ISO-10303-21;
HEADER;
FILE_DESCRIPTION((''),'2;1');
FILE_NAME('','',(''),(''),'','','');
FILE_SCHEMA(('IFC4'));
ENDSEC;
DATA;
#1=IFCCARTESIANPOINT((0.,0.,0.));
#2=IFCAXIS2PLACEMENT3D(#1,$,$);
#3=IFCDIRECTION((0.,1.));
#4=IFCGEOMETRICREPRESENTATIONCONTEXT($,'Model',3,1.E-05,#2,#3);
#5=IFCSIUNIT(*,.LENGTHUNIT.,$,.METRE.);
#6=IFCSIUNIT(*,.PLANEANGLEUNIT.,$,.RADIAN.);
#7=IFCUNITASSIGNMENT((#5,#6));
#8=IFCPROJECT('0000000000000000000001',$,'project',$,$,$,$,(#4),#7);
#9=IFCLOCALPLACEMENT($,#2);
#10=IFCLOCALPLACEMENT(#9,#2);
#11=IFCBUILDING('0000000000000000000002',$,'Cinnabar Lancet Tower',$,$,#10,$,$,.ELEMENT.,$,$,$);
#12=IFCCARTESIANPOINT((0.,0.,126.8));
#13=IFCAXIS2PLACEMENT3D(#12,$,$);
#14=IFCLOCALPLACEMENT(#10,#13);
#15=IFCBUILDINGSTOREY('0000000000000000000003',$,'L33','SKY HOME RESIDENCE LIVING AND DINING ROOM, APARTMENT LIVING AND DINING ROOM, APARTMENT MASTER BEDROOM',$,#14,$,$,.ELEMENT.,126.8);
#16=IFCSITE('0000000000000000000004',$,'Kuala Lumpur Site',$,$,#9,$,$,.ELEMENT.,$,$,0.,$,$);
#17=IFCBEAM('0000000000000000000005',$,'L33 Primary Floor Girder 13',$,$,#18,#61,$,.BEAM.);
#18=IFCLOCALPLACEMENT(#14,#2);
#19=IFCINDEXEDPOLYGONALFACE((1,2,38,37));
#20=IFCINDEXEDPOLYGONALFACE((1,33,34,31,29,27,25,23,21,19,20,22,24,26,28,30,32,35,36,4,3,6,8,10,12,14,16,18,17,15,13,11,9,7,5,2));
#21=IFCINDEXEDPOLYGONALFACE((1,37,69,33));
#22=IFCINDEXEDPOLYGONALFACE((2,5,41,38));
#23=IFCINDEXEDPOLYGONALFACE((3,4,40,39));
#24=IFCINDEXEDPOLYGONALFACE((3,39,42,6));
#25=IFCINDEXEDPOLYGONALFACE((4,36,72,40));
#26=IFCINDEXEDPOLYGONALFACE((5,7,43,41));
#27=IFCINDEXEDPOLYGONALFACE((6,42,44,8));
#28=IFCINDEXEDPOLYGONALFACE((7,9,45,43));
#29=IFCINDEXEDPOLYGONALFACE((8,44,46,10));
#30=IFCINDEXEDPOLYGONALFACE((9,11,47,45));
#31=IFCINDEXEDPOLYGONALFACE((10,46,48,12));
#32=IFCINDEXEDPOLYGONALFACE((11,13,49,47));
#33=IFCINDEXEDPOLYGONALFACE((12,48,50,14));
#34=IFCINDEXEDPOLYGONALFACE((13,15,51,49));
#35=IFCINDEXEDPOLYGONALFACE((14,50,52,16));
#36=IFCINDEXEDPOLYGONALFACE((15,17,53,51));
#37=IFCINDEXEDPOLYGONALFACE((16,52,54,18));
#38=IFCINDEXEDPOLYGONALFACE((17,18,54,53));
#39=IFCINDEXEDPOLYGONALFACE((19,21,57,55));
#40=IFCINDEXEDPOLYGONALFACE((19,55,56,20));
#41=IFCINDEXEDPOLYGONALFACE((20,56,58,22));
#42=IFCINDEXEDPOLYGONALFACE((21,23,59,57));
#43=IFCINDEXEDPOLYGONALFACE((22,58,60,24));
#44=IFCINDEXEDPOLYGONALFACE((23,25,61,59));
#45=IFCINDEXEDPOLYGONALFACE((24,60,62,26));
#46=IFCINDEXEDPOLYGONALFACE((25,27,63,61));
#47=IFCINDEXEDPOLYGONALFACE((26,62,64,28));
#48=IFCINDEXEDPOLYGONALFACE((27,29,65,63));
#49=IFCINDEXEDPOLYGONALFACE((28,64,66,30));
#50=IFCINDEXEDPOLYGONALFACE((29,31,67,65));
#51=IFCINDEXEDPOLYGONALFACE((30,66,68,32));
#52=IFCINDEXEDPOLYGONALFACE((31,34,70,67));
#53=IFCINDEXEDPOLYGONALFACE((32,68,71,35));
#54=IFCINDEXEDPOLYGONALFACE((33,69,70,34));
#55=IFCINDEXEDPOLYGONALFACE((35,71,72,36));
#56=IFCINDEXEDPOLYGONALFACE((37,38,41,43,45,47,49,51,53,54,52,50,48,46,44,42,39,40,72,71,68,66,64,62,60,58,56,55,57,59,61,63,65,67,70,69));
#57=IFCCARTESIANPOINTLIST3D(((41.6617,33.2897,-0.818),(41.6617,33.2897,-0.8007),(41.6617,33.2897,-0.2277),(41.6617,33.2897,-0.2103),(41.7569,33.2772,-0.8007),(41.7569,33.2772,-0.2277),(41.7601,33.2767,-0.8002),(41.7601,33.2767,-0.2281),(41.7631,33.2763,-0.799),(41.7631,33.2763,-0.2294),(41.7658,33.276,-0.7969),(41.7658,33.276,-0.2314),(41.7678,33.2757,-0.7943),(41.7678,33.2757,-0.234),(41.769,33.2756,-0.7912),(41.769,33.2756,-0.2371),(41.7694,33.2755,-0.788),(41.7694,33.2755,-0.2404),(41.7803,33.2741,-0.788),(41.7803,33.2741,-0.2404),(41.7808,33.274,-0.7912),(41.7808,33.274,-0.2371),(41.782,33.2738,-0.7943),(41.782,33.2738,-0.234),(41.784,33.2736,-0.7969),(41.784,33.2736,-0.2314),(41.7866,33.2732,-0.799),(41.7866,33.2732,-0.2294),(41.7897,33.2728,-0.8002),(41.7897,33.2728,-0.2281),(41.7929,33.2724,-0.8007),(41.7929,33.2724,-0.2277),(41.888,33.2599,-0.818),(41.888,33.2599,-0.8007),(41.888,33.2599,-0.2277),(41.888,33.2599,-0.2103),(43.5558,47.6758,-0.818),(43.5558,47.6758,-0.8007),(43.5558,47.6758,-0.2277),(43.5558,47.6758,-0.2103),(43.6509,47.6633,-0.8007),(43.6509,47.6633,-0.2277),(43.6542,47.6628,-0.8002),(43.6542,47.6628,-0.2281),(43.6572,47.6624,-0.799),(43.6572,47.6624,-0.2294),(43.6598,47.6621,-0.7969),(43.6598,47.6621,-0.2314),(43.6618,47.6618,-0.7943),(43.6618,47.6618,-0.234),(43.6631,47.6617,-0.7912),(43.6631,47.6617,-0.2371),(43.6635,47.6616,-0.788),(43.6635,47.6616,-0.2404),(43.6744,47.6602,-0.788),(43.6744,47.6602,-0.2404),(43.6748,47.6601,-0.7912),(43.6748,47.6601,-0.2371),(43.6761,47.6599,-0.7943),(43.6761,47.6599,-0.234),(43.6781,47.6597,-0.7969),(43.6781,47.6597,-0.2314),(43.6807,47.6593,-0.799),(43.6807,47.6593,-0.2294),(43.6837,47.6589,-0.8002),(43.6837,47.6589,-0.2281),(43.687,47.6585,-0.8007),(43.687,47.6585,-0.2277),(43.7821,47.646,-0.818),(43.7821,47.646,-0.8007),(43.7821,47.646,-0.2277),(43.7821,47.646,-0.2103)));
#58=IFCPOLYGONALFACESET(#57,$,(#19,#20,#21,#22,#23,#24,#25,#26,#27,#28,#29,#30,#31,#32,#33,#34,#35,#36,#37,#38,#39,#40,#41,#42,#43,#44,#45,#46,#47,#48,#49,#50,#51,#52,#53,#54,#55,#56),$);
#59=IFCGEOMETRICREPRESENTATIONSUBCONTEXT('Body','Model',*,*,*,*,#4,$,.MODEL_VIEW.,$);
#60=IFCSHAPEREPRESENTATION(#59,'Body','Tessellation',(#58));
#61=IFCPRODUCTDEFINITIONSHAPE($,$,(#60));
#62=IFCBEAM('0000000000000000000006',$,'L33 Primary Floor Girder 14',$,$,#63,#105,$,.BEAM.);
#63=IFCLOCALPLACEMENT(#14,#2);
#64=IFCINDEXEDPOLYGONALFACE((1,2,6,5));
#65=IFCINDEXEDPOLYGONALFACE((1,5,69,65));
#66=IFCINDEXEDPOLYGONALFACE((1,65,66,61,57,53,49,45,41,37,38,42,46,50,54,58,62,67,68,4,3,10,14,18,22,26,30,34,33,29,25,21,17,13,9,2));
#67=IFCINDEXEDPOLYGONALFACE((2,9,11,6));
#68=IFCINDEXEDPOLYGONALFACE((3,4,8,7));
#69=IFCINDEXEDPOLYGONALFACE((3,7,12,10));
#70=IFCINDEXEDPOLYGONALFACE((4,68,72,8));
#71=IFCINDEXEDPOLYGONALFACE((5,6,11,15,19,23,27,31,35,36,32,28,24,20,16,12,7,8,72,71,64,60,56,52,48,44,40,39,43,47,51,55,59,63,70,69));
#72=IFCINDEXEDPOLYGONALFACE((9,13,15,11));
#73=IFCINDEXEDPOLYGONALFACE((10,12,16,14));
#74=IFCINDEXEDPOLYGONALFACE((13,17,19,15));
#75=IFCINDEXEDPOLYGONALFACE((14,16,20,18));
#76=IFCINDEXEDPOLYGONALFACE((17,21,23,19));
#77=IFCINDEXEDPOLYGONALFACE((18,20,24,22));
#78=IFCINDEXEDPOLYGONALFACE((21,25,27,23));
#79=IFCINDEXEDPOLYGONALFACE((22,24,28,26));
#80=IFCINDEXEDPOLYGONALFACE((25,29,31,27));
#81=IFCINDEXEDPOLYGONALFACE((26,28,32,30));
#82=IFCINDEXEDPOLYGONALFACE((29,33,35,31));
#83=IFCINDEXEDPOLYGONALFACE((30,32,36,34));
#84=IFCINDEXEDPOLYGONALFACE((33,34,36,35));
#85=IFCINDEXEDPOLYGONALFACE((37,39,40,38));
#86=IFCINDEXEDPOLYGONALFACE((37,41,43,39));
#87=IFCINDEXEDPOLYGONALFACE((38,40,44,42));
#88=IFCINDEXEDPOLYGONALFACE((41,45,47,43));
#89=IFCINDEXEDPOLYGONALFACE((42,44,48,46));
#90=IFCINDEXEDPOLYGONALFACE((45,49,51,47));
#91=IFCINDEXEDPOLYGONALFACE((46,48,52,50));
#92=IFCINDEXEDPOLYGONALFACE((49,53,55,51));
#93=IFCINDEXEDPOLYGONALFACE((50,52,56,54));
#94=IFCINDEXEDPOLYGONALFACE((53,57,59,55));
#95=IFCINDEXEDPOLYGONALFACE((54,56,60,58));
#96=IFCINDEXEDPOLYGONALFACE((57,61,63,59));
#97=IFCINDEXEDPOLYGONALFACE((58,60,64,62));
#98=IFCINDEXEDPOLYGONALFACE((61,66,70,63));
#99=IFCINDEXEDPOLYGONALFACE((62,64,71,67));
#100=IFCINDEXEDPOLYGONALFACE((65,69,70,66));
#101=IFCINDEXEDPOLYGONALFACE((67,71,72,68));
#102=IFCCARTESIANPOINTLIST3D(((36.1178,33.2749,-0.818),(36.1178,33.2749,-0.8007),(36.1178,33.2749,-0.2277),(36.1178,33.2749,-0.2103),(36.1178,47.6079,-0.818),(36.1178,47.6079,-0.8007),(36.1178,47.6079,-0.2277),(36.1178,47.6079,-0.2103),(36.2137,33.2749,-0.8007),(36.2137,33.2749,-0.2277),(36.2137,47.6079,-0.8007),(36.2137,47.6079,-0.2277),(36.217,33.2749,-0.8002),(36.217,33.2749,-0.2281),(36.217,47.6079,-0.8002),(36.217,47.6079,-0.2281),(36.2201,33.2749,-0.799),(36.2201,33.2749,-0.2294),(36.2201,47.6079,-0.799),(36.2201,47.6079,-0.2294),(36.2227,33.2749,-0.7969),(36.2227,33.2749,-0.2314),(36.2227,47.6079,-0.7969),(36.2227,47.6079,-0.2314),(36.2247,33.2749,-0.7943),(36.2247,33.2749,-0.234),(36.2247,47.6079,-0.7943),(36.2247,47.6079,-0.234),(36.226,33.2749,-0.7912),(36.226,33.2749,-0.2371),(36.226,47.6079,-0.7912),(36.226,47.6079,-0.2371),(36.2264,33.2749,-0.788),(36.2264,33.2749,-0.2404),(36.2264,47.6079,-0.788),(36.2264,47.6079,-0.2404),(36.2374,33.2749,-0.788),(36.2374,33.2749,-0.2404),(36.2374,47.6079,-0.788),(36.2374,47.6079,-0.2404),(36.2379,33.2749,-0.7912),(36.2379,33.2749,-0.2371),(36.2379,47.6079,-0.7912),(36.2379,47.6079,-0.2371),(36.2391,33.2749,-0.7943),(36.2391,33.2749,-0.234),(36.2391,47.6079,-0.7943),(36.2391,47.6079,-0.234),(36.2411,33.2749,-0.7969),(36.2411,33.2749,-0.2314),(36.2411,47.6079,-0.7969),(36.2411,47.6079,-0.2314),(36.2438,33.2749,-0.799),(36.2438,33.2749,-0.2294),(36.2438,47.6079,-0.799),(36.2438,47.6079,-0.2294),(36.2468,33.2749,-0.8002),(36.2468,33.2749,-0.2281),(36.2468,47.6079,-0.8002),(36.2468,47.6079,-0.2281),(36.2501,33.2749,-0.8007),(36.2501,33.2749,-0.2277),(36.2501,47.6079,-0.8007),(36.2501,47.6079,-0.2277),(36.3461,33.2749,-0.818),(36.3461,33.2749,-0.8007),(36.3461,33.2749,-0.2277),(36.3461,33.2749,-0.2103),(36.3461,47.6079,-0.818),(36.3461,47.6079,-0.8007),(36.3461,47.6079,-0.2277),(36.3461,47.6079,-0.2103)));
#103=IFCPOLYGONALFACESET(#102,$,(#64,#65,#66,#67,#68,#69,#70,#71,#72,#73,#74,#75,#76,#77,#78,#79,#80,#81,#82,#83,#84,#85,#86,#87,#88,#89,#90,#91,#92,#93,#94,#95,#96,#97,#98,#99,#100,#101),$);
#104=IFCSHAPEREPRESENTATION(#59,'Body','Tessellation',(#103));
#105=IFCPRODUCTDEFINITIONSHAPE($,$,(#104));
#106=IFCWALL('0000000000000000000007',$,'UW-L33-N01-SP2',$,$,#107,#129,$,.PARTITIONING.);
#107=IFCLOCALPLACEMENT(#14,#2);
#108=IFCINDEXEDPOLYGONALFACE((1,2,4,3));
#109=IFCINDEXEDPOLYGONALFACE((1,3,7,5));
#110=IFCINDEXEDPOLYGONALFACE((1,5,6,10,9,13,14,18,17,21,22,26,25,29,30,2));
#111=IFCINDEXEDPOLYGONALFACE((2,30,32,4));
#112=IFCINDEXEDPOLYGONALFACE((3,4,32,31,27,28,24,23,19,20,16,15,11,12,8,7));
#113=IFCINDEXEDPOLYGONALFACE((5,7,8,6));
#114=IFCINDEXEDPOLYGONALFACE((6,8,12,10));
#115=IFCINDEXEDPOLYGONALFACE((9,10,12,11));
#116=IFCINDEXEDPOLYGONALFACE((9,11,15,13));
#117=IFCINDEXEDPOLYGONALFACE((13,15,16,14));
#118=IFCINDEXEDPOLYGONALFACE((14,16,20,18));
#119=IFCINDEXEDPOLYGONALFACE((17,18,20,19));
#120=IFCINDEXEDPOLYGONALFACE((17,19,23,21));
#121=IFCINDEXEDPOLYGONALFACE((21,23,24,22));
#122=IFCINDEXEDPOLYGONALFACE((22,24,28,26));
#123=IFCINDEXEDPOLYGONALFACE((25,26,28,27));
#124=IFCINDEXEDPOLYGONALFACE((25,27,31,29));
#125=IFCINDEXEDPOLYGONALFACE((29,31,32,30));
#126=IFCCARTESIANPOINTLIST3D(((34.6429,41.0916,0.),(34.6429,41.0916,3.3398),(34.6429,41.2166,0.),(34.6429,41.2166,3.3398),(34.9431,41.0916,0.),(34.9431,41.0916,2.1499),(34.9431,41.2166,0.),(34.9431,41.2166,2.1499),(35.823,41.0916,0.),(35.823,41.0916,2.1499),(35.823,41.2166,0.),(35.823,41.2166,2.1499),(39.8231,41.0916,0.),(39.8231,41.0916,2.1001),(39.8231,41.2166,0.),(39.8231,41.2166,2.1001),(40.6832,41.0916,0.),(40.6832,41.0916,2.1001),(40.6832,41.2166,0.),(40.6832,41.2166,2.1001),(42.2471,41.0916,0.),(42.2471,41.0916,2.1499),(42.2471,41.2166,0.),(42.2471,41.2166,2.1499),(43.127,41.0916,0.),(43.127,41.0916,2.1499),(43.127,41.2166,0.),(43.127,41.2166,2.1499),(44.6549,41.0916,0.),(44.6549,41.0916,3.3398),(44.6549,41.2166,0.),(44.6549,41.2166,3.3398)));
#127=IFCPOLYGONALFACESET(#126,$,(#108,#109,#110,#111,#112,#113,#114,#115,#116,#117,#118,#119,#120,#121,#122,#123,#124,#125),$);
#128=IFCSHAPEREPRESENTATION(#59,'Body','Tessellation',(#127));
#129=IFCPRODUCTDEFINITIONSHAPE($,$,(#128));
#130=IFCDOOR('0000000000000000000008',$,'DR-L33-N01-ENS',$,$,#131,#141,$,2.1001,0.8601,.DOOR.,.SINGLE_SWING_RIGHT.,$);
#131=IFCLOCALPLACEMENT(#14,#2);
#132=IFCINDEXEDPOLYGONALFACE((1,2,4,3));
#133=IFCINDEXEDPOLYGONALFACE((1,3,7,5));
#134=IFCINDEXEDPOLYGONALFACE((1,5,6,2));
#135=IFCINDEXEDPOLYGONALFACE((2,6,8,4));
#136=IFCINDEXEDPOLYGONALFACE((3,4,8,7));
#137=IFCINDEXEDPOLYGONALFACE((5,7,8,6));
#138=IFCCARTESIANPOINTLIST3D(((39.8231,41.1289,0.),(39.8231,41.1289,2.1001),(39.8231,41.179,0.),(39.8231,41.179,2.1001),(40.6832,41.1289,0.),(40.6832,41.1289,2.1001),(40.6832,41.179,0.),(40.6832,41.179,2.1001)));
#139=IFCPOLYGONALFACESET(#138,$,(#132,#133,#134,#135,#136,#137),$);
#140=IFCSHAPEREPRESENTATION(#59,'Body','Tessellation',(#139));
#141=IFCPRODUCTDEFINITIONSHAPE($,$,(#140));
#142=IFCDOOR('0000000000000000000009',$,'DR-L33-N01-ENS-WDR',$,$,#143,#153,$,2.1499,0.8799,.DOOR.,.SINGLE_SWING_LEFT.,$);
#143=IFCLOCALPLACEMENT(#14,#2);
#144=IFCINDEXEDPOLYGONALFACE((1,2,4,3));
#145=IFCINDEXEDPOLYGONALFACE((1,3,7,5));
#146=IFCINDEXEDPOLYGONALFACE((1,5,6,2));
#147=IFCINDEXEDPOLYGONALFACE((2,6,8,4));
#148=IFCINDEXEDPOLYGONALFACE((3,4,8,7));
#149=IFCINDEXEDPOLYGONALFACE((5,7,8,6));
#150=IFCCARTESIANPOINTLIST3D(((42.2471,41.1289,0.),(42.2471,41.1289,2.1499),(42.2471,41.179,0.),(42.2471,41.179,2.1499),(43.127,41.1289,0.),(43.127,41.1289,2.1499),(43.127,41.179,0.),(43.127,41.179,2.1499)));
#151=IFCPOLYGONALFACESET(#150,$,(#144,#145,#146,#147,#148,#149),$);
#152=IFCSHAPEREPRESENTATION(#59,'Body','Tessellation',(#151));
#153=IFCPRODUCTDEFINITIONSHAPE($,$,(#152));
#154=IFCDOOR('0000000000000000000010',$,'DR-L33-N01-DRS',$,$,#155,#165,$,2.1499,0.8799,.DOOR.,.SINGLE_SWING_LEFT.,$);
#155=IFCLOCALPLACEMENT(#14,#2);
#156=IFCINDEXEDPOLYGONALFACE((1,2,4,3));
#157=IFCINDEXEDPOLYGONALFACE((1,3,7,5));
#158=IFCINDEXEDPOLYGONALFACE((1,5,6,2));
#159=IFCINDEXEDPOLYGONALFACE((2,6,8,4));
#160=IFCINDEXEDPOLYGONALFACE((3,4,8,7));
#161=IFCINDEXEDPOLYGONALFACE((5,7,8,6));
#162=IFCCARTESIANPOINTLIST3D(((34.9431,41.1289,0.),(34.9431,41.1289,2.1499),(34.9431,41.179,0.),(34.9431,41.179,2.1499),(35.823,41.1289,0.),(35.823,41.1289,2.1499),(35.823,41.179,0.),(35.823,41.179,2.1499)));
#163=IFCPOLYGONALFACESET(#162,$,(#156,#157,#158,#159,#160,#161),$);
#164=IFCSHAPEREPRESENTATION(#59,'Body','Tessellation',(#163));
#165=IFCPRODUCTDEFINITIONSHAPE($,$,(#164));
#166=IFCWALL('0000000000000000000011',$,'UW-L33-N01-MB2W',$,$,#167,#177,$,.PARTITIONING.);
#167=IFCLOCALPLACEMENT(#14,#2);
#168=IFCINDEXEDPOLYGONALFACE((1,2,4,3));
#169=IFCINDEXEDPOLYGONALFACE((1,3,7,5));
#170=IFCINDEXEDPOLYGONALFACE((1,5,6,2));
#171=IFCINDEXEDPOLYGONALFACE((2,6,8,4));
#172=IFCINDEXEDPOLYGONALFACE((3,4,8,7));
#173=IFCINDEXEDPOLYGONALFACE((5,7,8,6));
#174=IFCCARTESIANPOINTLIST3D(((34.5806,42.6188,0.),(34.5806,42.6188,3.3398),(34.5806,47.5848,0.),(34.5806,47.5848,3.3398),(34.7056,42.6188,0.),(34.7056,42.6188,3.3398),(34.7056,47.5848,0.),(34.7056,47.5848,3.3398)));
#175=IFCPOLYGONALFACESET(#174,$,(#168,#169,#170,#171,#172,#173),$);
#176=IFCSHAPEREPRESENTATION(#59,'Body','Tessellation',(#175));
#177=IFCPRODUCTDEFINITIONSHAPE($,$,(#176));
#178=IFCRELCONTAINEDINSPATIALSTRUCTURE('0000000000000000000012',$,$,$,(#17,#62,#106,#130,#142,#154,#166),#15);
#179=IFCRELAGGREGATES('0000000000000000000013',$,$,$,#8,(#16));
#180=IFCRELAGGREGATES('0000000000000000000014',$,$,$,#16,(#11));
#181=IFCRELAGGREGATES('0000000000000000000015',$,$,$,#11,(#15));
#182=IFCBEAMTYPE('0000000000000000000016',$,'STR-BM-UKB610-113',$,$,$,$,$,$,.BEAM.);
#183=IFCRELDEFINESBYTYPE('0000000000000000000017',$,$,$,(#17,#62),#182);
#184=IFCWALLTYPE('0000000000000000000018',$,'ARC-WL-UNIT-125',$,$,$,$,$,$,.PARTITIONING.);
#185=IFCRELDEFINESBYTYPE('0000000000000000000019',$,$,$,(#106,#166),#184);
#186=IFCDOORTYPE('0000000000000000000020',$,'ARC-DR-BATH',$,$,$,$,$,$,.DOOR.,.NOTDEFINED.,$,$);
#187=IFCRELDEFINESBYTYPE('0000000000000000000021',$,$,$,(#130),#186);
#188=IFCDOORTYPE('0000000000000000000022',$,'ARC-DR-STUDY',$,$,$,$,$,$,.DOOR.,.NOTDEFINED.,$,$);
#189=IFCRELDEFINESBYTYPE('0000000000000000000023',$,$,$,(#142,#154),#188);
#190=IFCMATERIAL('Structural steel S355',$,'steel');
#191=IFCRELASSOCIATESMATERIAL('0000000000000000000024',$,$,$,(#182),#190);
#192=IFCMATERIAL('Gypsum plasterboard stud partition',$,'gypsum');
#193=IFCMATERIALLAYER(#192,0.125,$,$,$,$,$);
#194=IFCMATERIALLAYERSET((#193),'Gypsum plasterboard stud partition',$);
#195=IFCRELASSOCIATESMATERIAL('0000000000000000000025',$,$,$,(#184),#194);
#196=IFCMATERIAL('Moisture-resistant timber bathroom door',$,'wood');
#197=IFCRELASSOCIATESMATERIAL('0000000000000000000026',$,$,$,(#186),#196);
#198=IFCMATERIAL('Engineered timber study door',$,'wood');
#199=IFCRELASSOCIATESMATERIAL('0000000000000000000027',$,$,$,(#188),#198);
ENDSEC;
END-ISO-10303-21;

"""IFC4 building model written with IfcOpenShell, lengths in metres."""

from ifc_helpers import new_model, si_unit, direction, frame, frame_2d, origin, origin_2d, place, context, subcontext, project, spatial, rectangle, i_section, extrude, material, layer, layer_set, material_profile, profile_set, type_object, element, fill, save


model = new_model("IFC4")

# Units and contexts
model_context = context("Model", 3, precision=1e-05, world=origin(), true_north=direction((0.0, 1.0)))
body_context = subcontext(model_context, "Body", "Model", "MODEL_VIEW")
ifc_project = project(units=[si_unit("LENGTHUNIT", "METRE"), si_unit("PLANEANGLEUNIT", "RADIAN")], contexts=[model_context])

# Site, building, storey
site_placement = place(None, origin())
site = spatial("IfcSite", under=ifc_project, at=site_placement, Name="Kuala Lumpur Site", CompositionType="ELEMENT", RefElevation=0.0)
building_placement = place(site_placement, origin())
building = spatial("IfcBuilding", under=site, at=building_placement, Name="Cinnabar Lancet Tower", CompositionType="ELEMENT")
storey_placement = place(building_placement, frame((0.0, 0.0, 126.8)))
storey = spatial("IfcBuildingStorey", under=building, at=storey_placement, Name="L33", Description="SKY HOME RESIDENCE LIVING AND DINING ROOM, APARTMENT LIVING AND DINING ROOM, APARTMENT MASTER BEDROOM", CompositionType="ELEMENT", Elevation=126.8)

# Beams
ifc_material_1 = material(Name="Structural steel S355", Category="steel")
ifc_material_profile_1 = material_profile(ifc_material_1, i_section(OverallWidth=0.2283, OverallDepth=0.6077, WebThickness=0.011, FlangeThickness=0.0173, FilletRadius=0.0127, at=origin_2d()), Name="UKB 610x229x113")
ifc_profile_set_1 = profile_set([ifc_material_profile_1], Name="Structural steel S355")
beam_type_1 = type_object("IfcBeamType", Name="STR-BM-UKB610-113", PredefinedType="BEAM", material=ifc_profile_set_1)
beam_1_placement = place(storey_placement, frame((43.6689, 47.6609, -0.5142), z_axis=(-0.130532, -0.991444, 0.0), x_axis=(0.991444, -0.130532, 0.0)))
element("IfcBeam", 1, at=beam_1_placement, inside=storey, type_object=beam_type_1, Name="L33 Primary Floor Girder 13", PredefinedType="BEAM", context=body_context, shape_type="SweptSolid", body=[
    extrude(i_section(OverallWidth=0.2283, OverallDepth=0.6077, WebThickness=0.011, FlangeThickness=0.0173, FilletRadius=0.0127, at=origin_2d()), origin(), (0.0, 0.0, 1.0), 14.5103),
])
beam_2_placement = place(storey_placement, frame((36.2319, 47.6079, -0.5142), z_axis=(0.0, -1.0, 0.0), x_axis=(1.0, 0.0, 0.0)))
element("IfcBeam", 2, at=beam_2_placement, inside=storey, type_object=beam_type_1, Name="L33 Primary Floor Girder 14", PredefinedType="BEAM", context=body_context, shape_type="SweptSolid", body=[
    extrude(i_section(OverallWidth=0.2283, OverallDepth=0.6077, WebThickness=0.011, FlangeThickness=0.0173, FilletRadius=0.0127, at=origin_2d()), origin(), (0.0, 0.0, 1.0), 14.333),
])

# Wall, openings, doors
ifc_material_2 = material(Name="Gypsum plasterboard stud partition", Category="gypsum")
ifc_layer_1 = layer(ifc_material_2, 0.125)
ifc_layer_set_1 = layer_set([ifc_layer_1], Name="Gypsum plasterboard stud partition")
wall_type_1 = type_object("IfcWallType", Name="ARC-WL-UNIT-125", PredefinedType="PARTITIONING", material=ifc_layer_set_1)
wall_1_placement = place(storey_placement, frame((34.6431, 41.1541, 0.0), z_axis=(0.0, 0.0, 1.0), x_axis=(1.0, 0.0, 0.0)))
wall_1 = element("IfcWall", 3, at=wall_1_placement, inside=storey, type_object=wall_type_1, Name="UW-L33-N01-SP2", PredefinedType="PARTITIONING", context=body_context, shape_type="SweptSolid", body=[
    extrude(rectangle(XDim=10.012, YDim=0.125, at=frame_2d((5.0059, 0.0))), origin(), (0.0, 0.0, 1.0), 3.3398),
])
opening_1_placement = place(wall_1_placement, frame((5.1799, 0.0, 0.0)))
opening_1 = element("IfcOpeningElement", 4, at=opening_1_placement, cuts=wall_1, PredefinedType="OPENING", context=body_context, shape_type="SweptSolid", body=[
    extrude(rectangle(XDim=0.8601, YDim=2.1001, at=frame_2d((0.4302, 1.05))), frame((0.0, 0.0725, 0.0), z_axis=(0.0, -1.0, 0.0), x_axis=(1.0, 0.0, 0.0)), (0.0, 0.0, 1.0), 0.145),
])
opening_2_placement = place(wall_1_placement, frame((7.604, 0.0, 0.0)))
opening_2 = element("IfcOpeningElement", 5, at=opening_2_placement, cuts=wall_1, PredefinedType="OPENING", context=body_context, shape_type="SweptSolid", body=[
    extrude(rectangle(XDim=0.8799, YDim=2.1499, at=frame_2d((0.4399, 1.075))), frame((0.0, 0.0725, 0.0), z_axis=(0.0, -1.0, 0.0), x_axis=(1.0, 0.0, 0.0)), (0.0, 0.0, 1.0), 0.145),
])
opening_3_placement = place(wall_1_placement, frame((0.3, 0.0, 0.0)))
opening_3 = element("IfcOpeningElement", 6, at=opening_3_placement, cuts=wall_1, PredefinedType="OPENING", context=body_context, shape_type="SweptSolid", body=[
    extrude(rectangle(XDim=0.8799, YDim=2.1499, at=frame_2d((0.4399, 1.075))), frame((0.0, 0.0725, 0.0), z_axis=(0.0, -1.0, 0.0), x_axis=(1.0, 0.0, 0.0)), (0.0, 0.0, 1.0), 0.145),
])
ifc_material_3 = material(Name="Moisture-resistant timber bathroom door", Category="wood")
door_type_1 = type_object("IfcDoorType", Name="ARC-DR-BATH", OperationType="NOTDEFINED", PredefinedType="DOOR", material=ifc_material_3)
door_1_placement = place(opening_1_placement, origin())
door_1 = element("IfcDoor", 7, at=door_1_placement, inside=storey, type_object=door_type_1, Name="DR-L33-N01-ENS", OperationType="SINGLE_SWING_RIGHT", OverallHeight=2.1001, OverallWidth=0.8601, PredefinedType="DOOR", context=body_context, shape_type="SweptSolid", body=[
    extrude(rectangle(XDim=0.8601, YDim=2.1001, at=frame_2d((0.4302, 1.05))), frame((0.0, 0.0249, 0.0), z_axis=(0.0, -1.0, 0.0), x_axis=(1.0, 0.0, 0.0)), (0.0, 0.0, 1.0), 0.05),
])
fill(opening_1, door_1)
ifc_material_4 = material(Name="Engineered timber study door", Category="wood")
door_type_2 = type_object("IfcDoorType", Name="ARC-DR-STUDY", OperationType="NOTDEFINED", PredefinedType="DOOR", material=ifc_material_4)
door_2_placement = place(opening_2_placement, origin())
door_2 = element("IfcDoor", 8, at=door_2_placement, inside=storey, type_object=door_type_2, Name="DR-L33-N01-ENS-WDR", OperationType="SINGLE_SWING_LEFT", OverallHeight=2.1499, OverallWidth=0.8799, PredefinedType="DOOR", context=body_context, shape_type="SweptSolid", body=[
    extrude(rectangle(XDim=0.8799, YDim=2.1499, at=frame_2d((0.4399, 1.075))), frame((0.0, 0.0249, 0.0), z_axis=(0.0, -1.0, 0.0), x_axis=(1.0, 0.0, 0.0)), (0.0, 0.0, 1.0), 0.05),
])
fill(opening_2, door_2)
door_3_placement = place(opening_3_placement, origin())
door_3 = element("IfcDoor", 9, at=door_3_placement, inside=storey, type_object=door_type_2, Name="DR-L33-N01-DRS", OperationType="SINGLE_SWING_LEFT", OverallHeight=2.1499, OverallWidth=0.8799, PredefinedType="DOOR", context=body_context, shape_type="SweptSolid", body=[
    extrude(rectangle(XDim=0.8799, YDim=2.1499, at=frame_2d((0.4399, 1.075))), frame((0.0, 0.0249, 0.0), z_axis=(0.0, -1.0, 0.0), x_axis=(1.0, 0.0, 0.0)), (0.0, 0.0, 1.0), 0.05),
])
fill(opening_3, door_3)

# Wall
for number, where, z_axis, x_axis, name in (
    (10, (34.6431, 42.6189, 0.0), (0.0, 0.0, 1.0), (0.0, 1.0, 0.0), "UW-L33-N01-MB2W"),
):
    element("IfcWall", number, at=place(storey_placement, frame(where, z_axis=z_axis, x_axis=x_axis)), inside=storey, type_object=wall_type_1, Name=name, PredefinedType="PARTITIONING", context=body_context, shape_type="SweptSolid", body=[
        extrude(rectangle(XDim=4.9661, YDim=0.125, at=frame_2d((2.4829, 0.0))), origin(), (0.0, 0.0, 1.0), 3.3398),
    ])

save(model, "model.ifc")
